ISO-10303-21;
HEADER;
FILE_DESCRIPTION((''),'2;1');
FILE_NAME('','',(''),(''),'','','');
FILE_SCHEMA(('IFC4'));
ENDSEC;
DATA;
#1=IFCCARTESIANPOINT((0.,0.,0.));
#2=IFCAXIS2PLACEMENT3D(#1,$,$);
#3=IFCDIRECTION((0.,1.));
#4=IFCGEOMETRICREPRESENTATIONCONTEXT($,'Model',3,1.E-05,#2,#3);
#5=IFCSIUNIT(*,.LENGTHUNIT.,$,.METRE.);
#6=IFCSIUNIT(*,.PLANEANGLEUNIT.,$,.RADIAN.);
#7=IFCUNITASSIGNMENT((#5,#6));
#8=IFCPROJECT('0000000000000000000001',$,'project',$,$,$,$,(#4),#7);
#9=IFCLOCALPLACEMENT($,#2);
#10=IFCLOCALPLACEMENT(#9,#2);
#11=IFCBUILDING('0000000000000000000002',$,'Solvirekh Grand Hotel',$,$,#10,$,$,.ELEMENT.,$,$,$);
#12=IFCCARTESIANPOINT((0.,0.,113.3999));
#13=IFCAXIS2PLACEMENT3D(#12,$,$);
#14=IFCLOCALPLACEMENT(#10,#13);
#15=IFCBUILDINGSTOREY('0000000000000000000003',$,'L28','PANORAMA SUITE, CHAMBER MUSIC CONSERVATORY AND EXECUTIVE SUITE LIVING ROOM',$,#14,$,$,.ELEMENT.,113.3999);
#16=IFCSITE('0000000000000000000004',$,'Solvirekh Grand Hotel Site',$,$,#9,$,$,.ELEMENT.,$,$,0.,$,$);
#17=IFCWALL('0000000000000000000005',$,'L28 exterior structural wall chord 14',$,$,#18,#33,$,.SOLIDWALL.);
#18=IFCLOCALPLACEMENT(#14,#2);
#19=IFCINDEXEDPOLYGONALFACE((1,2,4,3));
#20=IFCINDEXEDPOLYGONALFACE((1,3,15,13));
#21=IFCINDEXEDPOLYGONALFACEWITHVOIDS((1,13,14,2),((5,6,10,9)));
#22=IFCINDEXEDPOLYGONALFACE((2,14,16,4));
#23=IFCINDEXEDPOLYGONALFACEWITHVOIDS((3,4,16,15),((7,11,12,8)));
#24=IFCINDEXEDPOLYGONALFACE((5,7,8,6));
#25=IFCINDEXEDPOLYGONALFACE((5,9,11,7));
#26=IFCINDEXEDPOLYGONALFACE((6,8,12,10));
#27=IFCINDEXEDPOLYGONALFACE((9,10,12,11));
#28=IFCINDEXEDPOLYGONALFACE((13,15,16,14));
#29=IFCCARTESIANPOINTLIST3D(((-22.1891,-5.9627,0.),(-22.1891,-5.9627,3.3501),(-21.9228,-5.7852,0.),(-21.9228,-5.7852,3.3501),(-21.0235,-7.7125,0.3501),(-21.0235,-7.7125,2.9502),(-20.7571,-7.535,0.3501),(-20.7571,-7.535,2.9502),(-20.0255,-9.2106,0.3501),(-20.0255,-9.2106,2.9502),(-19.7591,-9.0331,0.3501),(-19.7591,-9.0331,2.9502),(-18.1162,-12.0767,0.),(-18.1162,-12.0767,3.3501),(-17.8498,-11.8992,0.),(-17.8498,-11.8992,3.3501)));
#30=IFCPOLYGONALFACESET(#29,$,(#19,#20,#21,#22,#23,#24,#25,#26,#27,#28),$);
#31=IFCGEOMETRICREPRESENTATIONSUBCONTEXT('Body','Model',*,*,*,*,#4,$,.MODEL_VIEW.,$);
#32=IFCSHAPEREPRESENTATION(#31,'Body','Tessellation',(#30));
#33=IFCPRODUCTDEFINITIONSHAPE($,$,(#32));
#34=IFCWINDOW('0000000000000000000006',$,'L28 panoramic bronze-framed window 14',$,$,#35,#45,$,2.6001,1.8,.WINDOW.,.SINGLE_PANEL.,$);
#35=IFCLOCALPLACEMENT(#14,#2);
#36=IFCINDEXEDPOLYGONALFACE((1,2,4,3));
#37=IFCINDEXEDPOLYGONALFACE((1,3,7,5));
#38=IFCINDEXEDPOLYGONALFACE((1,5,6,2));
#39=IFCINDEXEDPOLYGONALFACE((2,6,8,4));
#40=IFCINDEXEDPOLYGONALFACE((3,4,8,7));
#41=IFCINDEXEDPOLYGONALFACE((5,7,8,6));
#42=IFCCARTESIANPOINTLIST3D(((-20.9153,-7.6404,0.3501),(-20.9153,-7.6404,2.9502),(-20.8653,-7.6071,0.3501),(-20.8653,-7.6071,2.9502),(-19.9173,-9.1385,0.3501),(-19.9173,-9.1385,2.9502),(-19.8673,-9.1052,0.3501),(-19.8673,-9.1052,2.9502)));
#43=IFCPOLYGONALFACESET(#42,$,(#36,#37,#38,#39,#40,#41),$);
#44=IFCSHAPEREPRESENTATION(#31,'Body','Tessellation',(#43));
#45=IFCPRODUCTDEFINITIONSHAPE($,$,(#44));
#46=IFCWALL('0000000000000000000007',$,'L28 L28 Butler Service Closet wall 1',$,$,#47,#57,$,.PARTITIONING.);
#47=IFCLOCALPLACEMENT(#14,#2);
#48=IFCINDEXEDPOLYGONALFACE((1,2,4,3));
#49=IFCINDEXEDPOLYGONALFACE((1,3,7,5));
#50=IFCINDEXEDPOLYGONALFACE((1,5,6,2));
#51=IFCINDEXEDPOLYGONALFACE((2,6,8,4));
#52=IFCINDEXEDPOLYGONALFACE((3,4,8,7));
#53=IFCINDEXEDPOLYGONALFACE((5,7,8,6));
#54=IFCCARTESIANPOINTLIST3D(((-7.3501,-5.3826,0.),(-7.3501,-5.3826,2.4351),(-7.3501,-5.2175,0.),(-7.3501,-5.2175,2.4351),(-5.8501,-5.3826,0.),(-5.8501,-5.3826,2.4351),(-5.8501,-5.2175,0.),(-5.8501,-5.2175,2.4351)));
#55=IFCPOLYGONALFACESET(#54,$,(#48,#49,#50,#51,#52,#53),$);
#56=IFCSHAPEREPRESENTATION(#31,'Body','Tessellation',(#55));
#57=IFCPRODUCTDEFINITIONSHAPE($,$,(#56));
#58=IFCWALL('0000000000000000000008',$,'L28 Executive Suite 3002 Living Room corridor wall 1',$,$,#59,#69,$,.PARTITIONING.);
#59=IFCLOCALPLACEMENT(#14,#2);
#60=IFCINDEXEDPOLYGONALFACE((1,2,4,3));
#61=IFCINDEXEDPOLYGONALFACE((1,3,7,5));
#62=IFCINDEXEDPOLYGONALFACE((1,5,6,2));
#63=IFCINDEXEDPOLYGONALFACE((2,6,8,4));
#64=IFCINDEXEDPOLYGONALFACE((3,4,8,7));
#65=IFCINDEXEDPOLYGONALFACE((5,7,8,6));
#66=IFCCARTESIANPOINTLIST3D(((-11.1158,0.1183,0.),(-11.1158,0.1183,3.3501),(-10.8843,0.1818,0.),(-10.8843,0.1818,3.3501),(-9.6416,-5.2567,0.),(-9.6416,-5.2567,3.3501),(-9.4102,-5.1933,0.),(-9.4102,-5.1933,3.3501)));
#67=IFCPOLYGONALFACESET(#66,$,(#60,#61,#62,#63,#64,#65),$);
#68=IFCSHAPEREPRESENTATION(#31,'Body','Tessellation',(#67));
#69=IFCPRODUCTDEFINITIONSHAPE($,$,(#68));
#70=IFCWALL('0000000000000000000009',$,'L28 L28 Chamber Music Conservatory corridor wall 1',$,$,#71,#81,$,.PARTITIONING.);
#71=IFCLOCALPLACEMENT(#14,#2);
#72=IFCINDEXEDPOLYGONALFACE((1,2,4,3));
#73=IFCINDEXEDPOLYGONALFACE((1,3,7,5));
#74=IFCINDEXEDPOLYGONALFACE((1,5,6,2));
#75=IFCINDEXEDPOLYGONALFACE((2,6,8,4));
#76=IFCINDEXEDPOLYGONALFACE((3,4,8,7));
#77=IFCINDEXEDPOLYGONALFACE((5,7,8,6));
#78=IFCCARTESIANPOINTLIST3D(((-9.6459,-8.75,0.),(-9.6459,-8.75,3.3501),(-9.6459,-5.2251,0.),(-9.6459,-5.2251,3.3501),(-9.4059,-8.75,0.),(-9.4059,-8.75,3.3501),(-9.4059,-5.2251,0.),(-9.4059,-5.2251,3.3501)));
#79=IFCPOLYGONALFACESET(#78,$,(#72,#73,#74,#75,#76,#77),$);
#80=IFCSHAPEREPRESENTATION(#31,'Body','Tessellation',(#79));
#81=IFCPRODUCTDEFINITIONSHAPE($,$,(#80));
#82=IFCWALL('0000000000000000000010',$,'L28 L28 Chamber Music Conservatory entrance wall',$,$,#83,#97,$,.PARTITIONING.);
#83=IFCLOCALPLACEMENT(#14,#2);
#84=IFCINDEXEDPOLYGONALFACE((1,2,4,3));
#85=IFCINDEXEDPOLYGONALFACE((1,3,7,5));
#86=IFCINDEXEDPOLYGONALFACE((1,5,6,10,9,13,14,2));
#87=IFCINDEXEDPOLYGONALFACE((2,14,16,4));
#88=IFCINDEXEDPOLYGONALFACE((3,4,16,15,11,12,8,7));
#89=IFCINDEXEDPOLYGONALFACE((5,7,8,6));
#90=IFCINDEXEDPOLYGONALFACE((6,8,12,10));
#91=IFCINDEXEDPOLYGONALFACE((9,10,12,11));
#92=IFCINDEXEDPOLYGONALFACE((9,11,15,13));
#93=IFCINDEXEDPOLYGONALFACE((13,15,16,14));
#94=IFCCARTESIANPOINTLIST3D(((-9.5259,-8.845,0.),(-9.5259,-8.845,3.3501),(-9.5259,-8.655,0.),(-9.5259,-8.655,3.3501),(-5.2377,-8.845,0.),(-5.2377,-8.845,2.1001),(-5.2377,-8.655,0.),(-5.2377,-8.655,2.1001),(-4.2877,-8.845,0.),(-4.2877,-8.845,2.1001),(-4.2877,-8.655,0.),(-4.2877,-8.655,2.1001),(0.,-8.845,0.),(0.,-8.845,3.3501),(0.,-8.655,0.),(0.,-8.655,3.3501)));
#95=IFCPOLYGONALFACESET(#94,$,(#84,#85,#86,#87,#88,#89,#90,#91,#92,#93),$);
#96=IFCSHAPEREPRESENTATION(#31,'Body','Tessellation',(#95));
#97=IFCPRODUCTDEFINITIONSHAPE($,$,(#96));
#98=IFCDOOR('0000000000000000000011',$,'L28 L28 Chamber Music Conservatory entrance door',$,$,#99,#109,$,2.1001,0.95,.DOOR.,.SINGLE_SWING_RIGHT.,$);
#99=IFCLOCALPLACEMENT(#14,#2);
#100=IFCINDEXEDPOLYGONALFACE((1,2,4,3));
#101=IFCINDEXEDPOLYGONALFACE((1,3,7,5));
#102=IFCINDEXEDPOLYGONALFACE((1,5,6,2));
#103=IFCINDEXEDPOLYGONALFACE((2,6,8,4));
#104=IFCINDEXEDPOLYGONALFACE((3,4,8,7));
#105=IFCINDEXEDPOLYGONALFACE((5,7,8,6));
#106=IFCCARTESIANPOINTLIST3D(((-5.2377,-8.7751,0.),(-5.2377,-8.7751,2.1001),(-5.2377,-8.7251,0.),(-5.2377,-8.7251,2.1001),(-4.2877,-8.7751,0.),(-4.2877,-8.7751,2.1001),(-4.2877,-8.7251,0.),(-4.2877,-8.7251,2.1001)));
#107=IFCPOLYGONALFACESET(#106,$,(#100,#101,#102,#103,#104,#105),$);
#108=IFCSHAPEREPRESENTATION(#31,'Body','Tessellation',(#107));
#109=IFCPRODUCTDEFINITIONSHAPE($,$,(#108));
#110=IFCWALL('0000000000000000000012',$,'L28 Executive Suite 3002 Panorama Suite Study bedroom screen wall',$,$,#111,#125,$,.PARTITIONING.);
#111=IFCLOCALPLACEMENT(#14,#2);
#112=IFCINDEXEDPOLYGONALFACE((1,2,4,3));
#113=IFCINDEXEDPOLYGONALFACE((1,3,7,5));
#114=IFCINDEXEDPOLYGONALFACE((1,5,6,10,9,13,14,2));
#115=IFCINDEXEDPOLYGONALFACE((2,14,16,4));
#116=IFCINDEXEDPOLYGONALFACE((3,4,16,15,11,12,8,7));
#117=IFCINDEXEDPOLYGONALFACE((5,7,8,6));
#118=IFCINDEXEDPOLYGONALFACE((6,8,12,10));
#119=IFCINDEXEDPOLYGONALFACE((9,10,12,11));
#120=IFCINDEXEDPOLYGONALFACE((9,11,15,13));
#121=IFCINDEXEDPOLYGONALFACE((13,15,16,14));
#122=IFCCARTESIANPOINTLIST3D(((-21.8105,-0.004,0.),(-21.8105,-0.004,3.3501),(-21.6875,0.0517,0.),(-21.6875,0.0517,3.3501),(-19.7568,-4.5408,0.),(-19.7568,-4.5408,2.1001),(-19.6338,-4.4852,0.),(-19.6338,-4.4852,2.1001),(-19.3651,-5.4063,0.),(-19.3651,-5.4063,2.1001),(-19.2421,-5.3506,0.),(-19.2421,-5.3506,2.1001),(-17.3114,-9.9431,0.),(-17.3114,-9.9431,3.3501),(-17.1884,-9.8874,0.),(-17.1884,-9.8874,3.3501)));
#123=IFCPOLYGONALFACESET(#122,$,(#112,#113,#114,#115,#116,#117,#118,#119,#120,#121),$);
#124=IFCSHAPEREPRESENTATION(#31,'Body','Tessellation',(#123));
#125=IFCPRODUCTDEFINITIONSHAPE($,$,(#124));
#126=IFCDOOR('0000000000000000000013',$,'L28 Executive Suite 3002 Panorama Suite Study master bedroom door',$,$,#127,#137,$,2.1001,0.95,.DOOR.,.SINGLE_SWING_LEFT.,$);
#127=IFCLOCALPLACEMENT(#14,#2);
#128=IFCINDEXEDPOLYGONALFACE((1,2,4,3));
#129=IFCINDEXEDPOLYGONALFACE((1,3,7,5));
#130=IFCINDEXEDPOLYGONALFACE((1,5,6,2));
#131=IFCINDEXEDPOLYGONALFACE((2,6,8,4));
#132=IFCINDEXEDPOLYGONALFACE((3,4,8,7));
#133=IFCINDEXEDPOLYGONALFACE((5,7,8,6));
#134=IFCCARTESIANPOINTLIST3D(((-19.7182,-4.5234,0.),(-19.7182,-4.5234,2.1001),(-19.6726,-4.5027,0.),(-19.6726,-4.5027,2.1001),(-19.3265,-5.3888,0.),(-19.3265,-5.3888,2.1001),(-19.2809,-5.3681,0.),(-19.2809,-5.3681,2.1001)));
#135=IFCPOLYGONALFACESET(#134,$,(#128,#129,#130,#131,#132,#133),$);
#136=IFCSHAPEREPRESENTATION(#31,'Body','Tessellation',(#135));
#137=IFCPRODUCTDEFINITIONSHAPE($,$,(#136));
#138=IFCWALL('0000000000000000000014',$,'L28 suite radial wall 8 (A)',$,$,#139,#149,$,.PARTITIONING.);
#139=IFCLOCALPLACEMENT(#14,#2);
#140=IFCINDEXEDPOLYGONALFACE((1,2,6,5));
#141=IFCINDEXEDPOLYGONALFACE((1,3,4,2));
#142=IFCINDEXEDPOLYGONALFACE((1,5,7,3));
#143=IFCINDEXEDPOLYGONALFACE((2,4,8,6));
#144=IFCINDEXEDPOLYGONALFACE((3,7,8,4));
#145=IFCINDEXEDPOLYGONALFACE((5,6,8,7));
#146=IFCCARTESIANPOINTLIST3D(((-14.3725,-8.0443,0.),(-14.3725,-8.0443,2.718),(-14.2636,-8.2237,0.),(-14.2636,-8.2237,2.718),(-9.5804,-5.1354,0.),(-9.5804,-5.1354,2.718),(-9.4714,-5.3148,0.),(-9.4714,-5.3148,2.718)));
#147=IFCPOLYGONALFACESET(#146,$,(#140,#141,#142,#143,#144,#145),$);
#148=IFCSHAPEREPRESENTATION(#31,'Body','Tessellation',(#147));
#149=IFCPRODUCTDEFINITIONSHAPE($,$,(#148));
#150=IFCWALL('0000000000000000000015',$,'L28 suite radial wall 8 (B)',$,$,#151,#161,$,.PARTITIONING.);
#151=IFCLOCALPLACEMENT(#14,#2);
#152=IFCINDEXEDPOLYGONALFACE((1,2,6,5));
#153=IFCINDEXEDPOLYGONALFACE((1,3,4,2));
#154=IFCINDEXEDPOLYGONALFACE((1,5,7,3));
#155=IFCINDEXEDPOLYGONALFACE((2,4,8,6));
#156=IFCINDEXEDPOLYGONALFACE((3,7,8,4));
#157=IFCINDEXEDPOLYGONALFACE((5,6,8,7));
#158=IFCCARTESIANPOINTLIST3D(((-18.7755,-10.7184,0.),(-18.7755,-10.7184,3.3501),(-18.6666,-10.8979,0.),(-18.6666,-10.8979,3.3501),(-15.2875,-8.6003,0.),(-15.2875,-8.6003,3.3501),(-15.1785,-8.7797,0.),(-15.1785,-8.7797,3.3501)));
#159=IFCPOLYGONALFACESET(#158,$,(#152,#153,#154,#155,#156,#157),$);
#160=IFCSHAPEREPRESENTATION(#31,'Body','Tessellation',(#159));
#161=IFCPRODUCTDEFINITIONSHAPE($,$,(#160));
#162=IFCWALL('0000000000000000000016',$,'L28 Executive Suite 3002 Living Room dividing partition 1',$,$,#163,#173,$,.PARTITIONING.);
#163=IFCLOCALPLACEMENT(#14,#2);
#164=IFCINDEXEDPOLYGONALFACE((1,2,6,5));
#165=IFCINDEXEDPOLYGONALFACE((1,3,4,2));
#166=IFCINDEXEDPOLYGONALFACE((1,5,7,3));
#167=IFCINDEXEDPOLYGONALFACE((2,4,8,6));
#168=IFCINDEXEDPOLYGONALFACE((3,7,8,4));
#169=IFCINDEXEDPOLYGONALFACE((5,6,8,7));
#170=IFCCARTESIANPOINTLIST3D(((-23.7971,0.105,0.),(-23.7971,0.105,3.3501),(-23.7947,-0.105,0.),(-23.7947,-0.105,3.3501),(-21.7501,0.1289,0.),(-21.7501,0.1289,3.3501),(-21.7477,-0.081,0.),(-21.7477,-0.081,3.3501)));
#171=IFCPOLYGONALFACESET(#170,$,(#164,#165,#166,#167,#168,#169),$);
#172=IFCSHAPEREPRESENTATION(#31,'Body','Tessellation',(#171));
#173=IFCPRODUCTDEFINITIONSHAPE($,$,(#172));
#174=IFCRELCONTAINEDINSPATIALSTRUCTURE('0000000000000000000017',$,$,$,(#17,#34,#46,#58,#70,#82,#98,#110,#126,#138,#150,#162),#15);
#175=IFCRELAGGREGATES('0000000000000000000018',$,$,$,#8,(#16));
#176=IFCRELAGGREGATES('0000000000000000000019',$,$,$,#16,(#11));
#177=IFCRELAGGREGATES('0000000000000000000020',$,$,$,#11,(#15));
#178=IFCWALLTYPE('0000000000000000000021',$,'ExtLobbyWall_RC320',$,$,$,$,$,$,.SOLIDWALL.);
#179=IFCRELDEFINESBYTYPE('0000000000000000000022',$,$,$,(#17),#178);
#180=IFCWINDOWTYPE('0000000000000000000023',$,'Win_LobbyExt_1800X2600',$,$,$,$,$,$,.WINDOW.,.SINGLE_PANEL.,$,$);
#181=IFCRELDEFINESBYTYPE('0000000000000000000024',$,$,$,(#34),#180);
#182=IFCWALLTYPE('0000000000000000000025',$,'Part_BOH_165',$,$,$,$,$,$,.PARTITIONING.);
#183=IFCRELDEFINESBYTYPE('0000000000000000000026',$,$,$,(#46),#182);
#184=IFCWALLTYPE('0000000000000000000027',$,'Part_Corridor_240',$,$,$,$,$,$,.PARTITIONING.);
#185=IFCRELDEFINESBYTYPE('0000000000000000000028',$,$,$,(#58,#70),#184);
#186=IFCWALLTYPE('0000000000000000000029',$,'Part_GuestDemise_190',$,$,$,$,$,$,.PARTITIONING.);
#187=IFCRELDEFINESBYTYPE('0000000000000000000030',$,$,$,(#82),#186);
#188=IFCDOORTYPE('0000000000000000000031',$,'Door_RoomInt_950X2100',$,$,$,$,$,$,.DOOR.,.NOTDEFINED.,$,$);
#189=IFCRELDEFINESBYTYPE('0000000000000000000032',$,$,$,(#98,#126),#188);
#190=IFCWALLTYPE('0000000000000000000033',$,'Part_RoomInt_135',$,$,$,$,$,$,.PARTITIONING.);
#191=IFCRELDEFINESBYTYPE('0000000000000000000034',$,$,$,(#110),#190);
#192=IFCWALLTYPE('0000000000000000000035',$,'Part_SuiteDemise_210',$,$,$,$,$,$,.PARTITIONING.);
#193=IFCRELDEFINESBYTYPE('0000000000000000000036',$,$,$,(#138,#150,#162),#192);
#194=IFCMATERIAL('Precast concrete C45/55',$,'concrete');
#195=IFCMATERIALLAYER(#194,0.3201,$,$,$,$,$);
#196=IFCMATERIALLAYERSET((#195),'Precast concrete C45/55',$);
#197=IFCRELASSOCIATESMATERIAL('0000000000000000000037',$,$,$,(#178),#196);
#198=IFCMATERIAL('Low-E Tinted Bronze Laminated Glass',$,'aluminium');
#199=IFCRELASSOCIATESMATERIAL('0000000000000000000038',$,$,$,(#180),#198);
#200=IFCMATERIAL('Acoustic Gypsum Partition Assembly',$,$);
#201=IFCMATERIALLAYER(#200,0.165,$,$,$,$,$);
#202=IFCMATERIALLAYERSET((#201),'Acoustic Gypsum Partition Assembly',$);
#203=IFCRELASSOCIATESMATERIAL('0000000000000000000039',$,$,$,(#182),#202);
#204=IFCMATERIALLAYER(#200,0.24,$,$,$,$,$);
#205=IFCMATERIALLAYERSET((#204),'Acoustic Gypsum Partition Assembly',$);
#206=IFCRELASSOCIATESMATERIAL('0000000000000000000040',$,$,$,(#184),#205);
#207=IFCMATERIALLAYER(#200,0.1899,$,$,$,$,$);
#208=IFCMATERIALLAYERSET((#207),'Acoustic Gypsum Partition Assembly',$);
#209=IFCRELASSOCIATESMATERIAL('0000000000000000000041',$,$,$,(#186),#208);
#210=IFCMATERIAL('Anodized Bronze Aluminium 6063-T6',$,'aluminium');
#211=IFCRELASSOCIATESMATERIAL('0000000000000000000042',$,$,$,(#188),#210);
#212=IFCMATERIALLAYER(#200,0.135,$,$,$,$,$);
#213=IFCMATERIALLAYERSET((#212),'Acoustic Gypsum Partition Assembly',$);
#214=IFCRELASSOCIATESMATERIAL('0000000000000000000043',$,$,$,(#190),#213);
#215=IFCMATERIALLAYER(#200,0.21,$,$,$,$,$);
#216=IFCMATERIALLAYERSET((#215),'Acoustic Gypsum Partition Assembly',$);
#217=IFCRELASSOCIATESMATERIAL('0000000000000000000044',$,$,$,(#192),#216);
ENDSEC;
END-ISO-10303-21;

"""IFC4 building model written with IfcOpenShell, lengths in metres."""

from ifc_helpers import new_model, si_unit, direction, frame, frame_2d, origin, place, context, subcontext, project, spatial, rectangle, extrude, material, layer, layer_set, type_object, element, fill, save


model = new_model("IFC4")

# Units and contexts
model_context = context("Model", 3, precision=1e-05, world=origin(), true_north=direction((0.0, 1.0)))
body_context = subcontext(model_context, "Body", "Model", "MODEL_VIEW")
ifc_project = project(units=[si_unit("LENGTHUNIT", "METRE"), si_unit("PLANEANGLEUNIT", "RADIAN")], contexts=[model_context])

# Site, building, storey
site_placement = place(None, origin())
site = spatial("IfcSite", under=ifc_project, at=site_placement, Name="Solvirekh Grand Hotel Site", CompositionType="ELEMENT", RefElevation=0.0)
building_placement = place(site_placement, origin())
building = spatial("IfcBuilding", under=site, at=building_placement, Name="Solvirekh Grand Hotel", CompositionType="ELEMENT")
storey_placement = place(building_placement, frame((0.0, 0.0, 113.3999)))
storey = spatial("IfcBuildingStorey", under=building, at=storey_placement, Name="L28", Description="PANORAMA SUITE, CHAMBER MUSIC CONSERVATORY AND EXECUTIVE SUITE LIVING ROOM", CompositionType="ELEMENT", Elevation=113.3999)

# Shared definitions
ifc_material_1 = material(Name="Anodized Bronze Aluminium 6063-T6", Category="aluminium")

# Shared definitions
ifc_material_2 = material(Name="Low-E Tinted Bronze Laminated Glass", Category="aluminium")

# Wall, opening, window
ifc_material_3 = material(Name="Precast concrete C45/55", Category="concrete")
ifc_layer_1 = layer(ifc_material_3, 0.3201)
ifc_layer_set_1 = layer_set([ifc_layer_1], Name="Precast concrete C45/55")
wall_type_1 = type_object("IfcWallType", Name="ExtLobbyWall_RC320", PredefinedType="SOLIDWALL", material=ifc_layer_set_1)
wall_1_placement = place(storey_placement, frame((-17.9829, -11.988, 0.0), z_axis=(0.0, 0.0, 1.0), x_axis=(-0.554416, 0.832239, 0.0)))
wall_1 = element("IfcWall", 1, at=wall_1_placement, inside=storey, type_object=wall_type_1, Name="L28 exterior structural wall chord 14", PredefinedType="SOLIDWALL", context=body_context, shape_type="SweptSolid", body=[
    extrude(rectangle(XDim=7.3464, YDim=0.3201, at=frame_2d((3.6733, 0.0))), origin(), (0.0, 0.0, 1.0), 3.3501),
])
opening_1_placement = place(wall_1_placement, frame((3.4441, 0.0, 0.3501)))
opening_1 = element("IfcOpeningElement", 2, at=opening_1_placement, cuts=wall_1, PredefinedType="OPENING", context=body_context, shape_type="SweptSolid", body=[
    extrude(rectangle(XDim=1.8, YDim=2.6001, at=frame_2d((0.8999, 1.3))), frame((0.0, 0.1699, 0.0), z_axis=(0.0, -1.0, 0.0), x_axis=(1.0, 0.0, 0.0)), (0.0, 0.0, 1.0), 0.3401),
])
window_type = type_object("IfcWindowType", Name="Win_LobbyExt_1800X2600", PartitioningType="SINGLE_PANEL", PredefinedType="WINDOW", material=ifc_material_2)
window_placement = place(opening_1_placement, origin())
window = element("IfcWindow", 3, at=window_placement, inside=storey, type_object=window_type, Name="L28 panoramic bronze-framed window 14", OverallHeight=2.6001, OverallWidth=1.8, PartitioningType="SINGLE_PANEL", PredefinedType="WINDOW", context=body_context, shape_type="SweptSolid", body=[
    extrude(rectangle(XDim=1.8, YDim=2.6001, at=frame_2d((0.8999, 1.3))), frame((0.0, 0.03, 0.0), z_axis=(0.0, -1.0, 0.0), x_axis=(1.0, 0.0, 0.0)), (0.0, 0.0, 1.0), 0.0601),
])
fill(opening_1, window)

# Walls
ifc_material_4 = material(Name="Acoustic Gypsum Partition Assembly")
ifc_layer_2 = layer(ifc_material_4, 0.165)
ifc_layer_set_2 = layer_set([ifc_layer_2], Name="Acoustic Gypsum Partition Assembly")
wall_type_2 = type_object("IfcWallType", Name="Part_BOH_165", PredefinedType="PARTITIONING", material=ifc_layer_set_2)
wall_2_placement = place(storey_placement, frame((-7.3501, -5.3, 0.0), z_axis=(0.0, 0.0, 1.0), x_axis=(1.0, 0.0, 0.0)))
element("IfcWall", 4, at=wall_2_placement, inside=storey, type_object=wall_type_2, Name="L28 L28 Butler Service Closet wall 1", PredefinedType="PARTITIONING", context=body_context, shape_type="SweptSolid", body=[
    extrude(rectangle(XDim=1.5, YDim=0.165, at=frame_2d((0.75, 0.0))), origin(), (0.0, 0.0, 1.0), 2.4351),
])
ifc_layer_3 = layer(ifc_material_4, 0.24)
ifc_layer_set_3 = layer_set([ifc_layer_3], Name="Acoustic Gypsum Partition Assembly")
wall_type_3 = type_object("IfcWallType", Name="Part_Corridor_240", PredefinedType="PARTITIONING", material=ifc_layer_set_3)
wall_3_placement = place(storey_placement, frame((-11.0, 0.1499, 0.0), z_axis=(0.0, 0.0, 1.0), x_axis=(0.264489, -0.964389, 0.0)))
element("IfcWall", 5, at=wall_3_placement, inside=storey, type_object=wall_type_3, Name="L28 Executive Suite 3002 Living Room corridor wall 1", PredefinedType="PARTITIONING", context=body_context, shape_type="SweptSolid", body=[
    extrude(rectangle(XDim=5.5735, YDim=0.24, at=frame_2d((2.7866, 0.0))), origin(), (0.0, 0.0, 1.0), 3.3501),
])
wall_4_placement = place(storey_placement, frame((-9.5259, -5.2251, 0.0), z_axis=(0.0, 0.0, 1.0), x_axis=(0.0, -1.0, 0.0)))
element("IfcWall", 6, at=wall_4_placement, inside=storey, type_object=wall_type_3, Name="L28 L28 Chamber Music Conservatory corridor wall 1", PredefinedType="PARTITIONING", context=body_context, shape_type="SweptSolid", body=[
    extrude(rectangle(XDim=3.5249, YDim=0.24, at=frame_2d((1.7625, 0.0))), origin(), (0.0, 0.0, 1.0), 3.3501),
])

# Walls, openings, doors
ifc_layer_4 = layer(ifc_material_4, 0.1899)
ifc_layer_set_4 = layer_set([ifc_layer_4], Name="Acoustic Gypsum Partition Assembly")
wall_type_4 = type_object("IfcWallType", Name="Part_GuestDemise_190", PredefinedType="PARTITIONING", material=ifc_layer_set_4)
wall_5_placement = place(storey_placement, frame((-9.5259, -8.75, 0.0), z_axis=(0.0, 0.0, 1.0), x_axis=(1.0, 0.0, 0.0)))
wall_5 = element("IfcWall", 7, at=wall_5_placement, inside=storey, type_object=wall_type_4, Name="L28 L28 Chamber Music Conservatory entrance wall", PredefinedType="PARTITIONING", context=body_context, shape_type="SweptSolid", body=[
    extrude(rectangle(XDim=9.5259, YDim=0.1899, at=frame_2d((4.7629, 0.0))), origin(), (0.0, 0.0, 1.0), 3.3501),
])
opening_2_placement = place(wall_5_placement, frame((4.2881, 0.0, 0.0)))
opening_2 = element("IfcOpeningElement", 8, at=opening_2_placement, cuts=wall_5, PredefinedType="OPENING", context=body_context, shape_type="SweptSolid", body=[
    extrude(rectangle(XDim=0.95, YDim=2.1001, at=frame_2d((0.4751, 1.05))), frame((0.0, 0.105, 0.0), z_axis=(0.0, -1.0, 0.0), x_axis=(1.0, 0.0, 0.0)), (0.0, 0.0, 1.0), 0.21),
])
door_type = type_object("IfcDoorType", Name="Door_RoomInt_950X2100", OperationType="NOTDEFINED", PredefinedType="DOOR", material=ifc_material_1)
door_1_placement = place(opening_2_placement, origin())
door_1 = element("IfcDoor", 9, at=door_1_placement, inside=storey, type_object=door_type, Name="L28 L28 Chamber Music Conservatory entrance door", OperationType="SINGLE_SWING_RIGHT", OverallHeight=2.1001, OverallWidth=0.95, PredefinedType="DOOR", context=body_context, shape_type="SweptSolid", body=[
    extrude(rectangle(XDim=0.95, YDim=2.1001, at=frame_2d((0.4751, 1.05))), frame((0.0, 0.0249, 0.0), z_axis=(0.0, -1.0, 0.0), x_axis=(1.0, 0.0, 0.0)), (0.0, 0.0, 1.0), 0.05),
])
fill(opening_2, door_1)
ifc_layer_5 = layer(ifc_material_4, 0.135)
ifc_layer_set_5 = layer_set([ifc_layer_5], Name="Acoustic Gypsum Partition Assembly")
wall_type_5 = type_object("IfcWallType", Name="Part_RoomInt_135", PredefinedType="PARTITIONING", material=ifc_layer_set_5)
wall_6_placement = place(storey_placement, frame((-21.749, 0.0239, 0.0), z_axis=(0.0, 0.0, 1.0), x_axis=(0.412383, -0.911011, 0.0)))
wall_6 = element("IfcWall", 10, at=wall_6_placement, inside=storey, type_object=wall_type_5, Name="L28 Executive Suite 3002 Panorama Suite Study bedroom screen wall", PredefinedType="PARTITIONING", context=body_context, shape_type="SweptSolid", body=[
    extrude(rectangle(XDim=10.9099, YDim=0.135, at=frame_2d((5.4551, 0.0))), origin(), (0.0, 0.0, 1.0), 3.3501),
])
opening_3_placement = place(wall_6_placement, frame((4.98, 0.0, 0.0)))
opening_3 = element("IfcOpeningElement", 11, at=opening_3_placement, cuts=wall_6, PredefinedType="OPENING", context=body_context, shape_type="SweptSolid", body=[
    extrude(rectangle(XDim=0.95, YDim=2.1001, at=frame_2d((0.4751, 1.05))), frame((0.0, 0.0776, 0.0), z_axis=(0.0, -1.0, 0.0), x_axis=(1.0, 0.0, 0.0)), (0.0, 0.0, 1.0), 0.155),
])
door_2_placement = place(opening_3_placement, origin())
door_2 = element("IfcDoor", 12, at=door_2_placement, inside=storey, type_object=door_type, Name="L28 Executive Suite 3002 Panorama Suite Study master bedroom door", OperationType="SINGLE_SWING_LEFT", OverallHeight=2.1001, OverallWidth=0.95, PredefinedType="DOOR", context=body_context, shape_type="SweptSolid", body=[
    extrude(rectangle(XDim=0.95, YDim=2.1001, at=frame_2d((0.4751, 1.05))), frame((0.0, 0.0249, 0.0), z_axis=(0.0, -1.0, 0.0), x_axis=(1.0, 0.0, 0.0)), (0.0, 0.0, 1.0), 0.05),
])
fill(opening_3, door_2)

# Walls
ifc_layer_6 = layer(ifc_material_4, 0.21)
ifc_layer_set_6 = layer_set([ifc_layer_6], Name="Acoustic Gypsum Partition Assembly")
wall_type_6 = type_object("IfcWallType", Name="Part_SuiteDemise_210", PredefinedType="PARTITIONING", material=ifc_layer_set_6)
wall_7_placement = place(storey_placement, frame((-9.5259, -5.2251, 0.0), z_axis=(0.0, 0.0, 1.0), x_axis=(-0.854838, -0.518895, 0.0)))
element("IfcWall", 13, at=wall_7_placement, inside=storey, type_object=wall_type_6, Name="L28 suite radial wall 8 (A)", PredefinedType="PARTITIONING", context=body_context, shape_type="SweptSolid", body=[
    extrude(rectangle(XDim=5.606, YDim=0.21, at=frame_2d((2.803, 0.0))), origin(), (0.0, 0.0, 1.0), 2.718),
])
wall_8_placement = place(storey_placement, frame((-15.2329, -8.6899, 0.0), z_axis=(0.0, 0.0, 1.0), x_axis=(-0.854741, -0.519055, 0.0)))
element("IfcWall", 14, at=wall_8_placement, inside=storey, type_object=wall_type_6, Name="L28 suite radial wall 8 (B)", PredefinedType="PARTITIONING", context=body_context, shape_type="SweptSolid", body=[
    extrude(rectangle(XDim=4.0808, YDim=0.21, at=frame_2d((2.0405, 0.0))), origin(), (0.0, 0.0, 1.0), 3.3501),
])
wall_9_placement = place(storey_placement, frame((-21.749, 0.0239, 0.0), z_axis=(0.0, 0.0, 1.0), x_axis=(-0.999932, -0.011688, 0.0)))
element("IfcWall", 15, at=wall_9_placement, inside=storey, type_object=wall_type_6, Name="L28 Executive Suite 3002 Living Room dividing partition 1", PredefinedType="PARTITIONING", context=body_context, shape_type="SweptSolid", body=[
    extrude(rectangle(XDim=2.0471, YDim=0.21, at=frame_2d((1.0234, 0.0))), origin(), (0.0, 0.0, 1.0), 3.3501),
])

save(model, "model.ifc")
